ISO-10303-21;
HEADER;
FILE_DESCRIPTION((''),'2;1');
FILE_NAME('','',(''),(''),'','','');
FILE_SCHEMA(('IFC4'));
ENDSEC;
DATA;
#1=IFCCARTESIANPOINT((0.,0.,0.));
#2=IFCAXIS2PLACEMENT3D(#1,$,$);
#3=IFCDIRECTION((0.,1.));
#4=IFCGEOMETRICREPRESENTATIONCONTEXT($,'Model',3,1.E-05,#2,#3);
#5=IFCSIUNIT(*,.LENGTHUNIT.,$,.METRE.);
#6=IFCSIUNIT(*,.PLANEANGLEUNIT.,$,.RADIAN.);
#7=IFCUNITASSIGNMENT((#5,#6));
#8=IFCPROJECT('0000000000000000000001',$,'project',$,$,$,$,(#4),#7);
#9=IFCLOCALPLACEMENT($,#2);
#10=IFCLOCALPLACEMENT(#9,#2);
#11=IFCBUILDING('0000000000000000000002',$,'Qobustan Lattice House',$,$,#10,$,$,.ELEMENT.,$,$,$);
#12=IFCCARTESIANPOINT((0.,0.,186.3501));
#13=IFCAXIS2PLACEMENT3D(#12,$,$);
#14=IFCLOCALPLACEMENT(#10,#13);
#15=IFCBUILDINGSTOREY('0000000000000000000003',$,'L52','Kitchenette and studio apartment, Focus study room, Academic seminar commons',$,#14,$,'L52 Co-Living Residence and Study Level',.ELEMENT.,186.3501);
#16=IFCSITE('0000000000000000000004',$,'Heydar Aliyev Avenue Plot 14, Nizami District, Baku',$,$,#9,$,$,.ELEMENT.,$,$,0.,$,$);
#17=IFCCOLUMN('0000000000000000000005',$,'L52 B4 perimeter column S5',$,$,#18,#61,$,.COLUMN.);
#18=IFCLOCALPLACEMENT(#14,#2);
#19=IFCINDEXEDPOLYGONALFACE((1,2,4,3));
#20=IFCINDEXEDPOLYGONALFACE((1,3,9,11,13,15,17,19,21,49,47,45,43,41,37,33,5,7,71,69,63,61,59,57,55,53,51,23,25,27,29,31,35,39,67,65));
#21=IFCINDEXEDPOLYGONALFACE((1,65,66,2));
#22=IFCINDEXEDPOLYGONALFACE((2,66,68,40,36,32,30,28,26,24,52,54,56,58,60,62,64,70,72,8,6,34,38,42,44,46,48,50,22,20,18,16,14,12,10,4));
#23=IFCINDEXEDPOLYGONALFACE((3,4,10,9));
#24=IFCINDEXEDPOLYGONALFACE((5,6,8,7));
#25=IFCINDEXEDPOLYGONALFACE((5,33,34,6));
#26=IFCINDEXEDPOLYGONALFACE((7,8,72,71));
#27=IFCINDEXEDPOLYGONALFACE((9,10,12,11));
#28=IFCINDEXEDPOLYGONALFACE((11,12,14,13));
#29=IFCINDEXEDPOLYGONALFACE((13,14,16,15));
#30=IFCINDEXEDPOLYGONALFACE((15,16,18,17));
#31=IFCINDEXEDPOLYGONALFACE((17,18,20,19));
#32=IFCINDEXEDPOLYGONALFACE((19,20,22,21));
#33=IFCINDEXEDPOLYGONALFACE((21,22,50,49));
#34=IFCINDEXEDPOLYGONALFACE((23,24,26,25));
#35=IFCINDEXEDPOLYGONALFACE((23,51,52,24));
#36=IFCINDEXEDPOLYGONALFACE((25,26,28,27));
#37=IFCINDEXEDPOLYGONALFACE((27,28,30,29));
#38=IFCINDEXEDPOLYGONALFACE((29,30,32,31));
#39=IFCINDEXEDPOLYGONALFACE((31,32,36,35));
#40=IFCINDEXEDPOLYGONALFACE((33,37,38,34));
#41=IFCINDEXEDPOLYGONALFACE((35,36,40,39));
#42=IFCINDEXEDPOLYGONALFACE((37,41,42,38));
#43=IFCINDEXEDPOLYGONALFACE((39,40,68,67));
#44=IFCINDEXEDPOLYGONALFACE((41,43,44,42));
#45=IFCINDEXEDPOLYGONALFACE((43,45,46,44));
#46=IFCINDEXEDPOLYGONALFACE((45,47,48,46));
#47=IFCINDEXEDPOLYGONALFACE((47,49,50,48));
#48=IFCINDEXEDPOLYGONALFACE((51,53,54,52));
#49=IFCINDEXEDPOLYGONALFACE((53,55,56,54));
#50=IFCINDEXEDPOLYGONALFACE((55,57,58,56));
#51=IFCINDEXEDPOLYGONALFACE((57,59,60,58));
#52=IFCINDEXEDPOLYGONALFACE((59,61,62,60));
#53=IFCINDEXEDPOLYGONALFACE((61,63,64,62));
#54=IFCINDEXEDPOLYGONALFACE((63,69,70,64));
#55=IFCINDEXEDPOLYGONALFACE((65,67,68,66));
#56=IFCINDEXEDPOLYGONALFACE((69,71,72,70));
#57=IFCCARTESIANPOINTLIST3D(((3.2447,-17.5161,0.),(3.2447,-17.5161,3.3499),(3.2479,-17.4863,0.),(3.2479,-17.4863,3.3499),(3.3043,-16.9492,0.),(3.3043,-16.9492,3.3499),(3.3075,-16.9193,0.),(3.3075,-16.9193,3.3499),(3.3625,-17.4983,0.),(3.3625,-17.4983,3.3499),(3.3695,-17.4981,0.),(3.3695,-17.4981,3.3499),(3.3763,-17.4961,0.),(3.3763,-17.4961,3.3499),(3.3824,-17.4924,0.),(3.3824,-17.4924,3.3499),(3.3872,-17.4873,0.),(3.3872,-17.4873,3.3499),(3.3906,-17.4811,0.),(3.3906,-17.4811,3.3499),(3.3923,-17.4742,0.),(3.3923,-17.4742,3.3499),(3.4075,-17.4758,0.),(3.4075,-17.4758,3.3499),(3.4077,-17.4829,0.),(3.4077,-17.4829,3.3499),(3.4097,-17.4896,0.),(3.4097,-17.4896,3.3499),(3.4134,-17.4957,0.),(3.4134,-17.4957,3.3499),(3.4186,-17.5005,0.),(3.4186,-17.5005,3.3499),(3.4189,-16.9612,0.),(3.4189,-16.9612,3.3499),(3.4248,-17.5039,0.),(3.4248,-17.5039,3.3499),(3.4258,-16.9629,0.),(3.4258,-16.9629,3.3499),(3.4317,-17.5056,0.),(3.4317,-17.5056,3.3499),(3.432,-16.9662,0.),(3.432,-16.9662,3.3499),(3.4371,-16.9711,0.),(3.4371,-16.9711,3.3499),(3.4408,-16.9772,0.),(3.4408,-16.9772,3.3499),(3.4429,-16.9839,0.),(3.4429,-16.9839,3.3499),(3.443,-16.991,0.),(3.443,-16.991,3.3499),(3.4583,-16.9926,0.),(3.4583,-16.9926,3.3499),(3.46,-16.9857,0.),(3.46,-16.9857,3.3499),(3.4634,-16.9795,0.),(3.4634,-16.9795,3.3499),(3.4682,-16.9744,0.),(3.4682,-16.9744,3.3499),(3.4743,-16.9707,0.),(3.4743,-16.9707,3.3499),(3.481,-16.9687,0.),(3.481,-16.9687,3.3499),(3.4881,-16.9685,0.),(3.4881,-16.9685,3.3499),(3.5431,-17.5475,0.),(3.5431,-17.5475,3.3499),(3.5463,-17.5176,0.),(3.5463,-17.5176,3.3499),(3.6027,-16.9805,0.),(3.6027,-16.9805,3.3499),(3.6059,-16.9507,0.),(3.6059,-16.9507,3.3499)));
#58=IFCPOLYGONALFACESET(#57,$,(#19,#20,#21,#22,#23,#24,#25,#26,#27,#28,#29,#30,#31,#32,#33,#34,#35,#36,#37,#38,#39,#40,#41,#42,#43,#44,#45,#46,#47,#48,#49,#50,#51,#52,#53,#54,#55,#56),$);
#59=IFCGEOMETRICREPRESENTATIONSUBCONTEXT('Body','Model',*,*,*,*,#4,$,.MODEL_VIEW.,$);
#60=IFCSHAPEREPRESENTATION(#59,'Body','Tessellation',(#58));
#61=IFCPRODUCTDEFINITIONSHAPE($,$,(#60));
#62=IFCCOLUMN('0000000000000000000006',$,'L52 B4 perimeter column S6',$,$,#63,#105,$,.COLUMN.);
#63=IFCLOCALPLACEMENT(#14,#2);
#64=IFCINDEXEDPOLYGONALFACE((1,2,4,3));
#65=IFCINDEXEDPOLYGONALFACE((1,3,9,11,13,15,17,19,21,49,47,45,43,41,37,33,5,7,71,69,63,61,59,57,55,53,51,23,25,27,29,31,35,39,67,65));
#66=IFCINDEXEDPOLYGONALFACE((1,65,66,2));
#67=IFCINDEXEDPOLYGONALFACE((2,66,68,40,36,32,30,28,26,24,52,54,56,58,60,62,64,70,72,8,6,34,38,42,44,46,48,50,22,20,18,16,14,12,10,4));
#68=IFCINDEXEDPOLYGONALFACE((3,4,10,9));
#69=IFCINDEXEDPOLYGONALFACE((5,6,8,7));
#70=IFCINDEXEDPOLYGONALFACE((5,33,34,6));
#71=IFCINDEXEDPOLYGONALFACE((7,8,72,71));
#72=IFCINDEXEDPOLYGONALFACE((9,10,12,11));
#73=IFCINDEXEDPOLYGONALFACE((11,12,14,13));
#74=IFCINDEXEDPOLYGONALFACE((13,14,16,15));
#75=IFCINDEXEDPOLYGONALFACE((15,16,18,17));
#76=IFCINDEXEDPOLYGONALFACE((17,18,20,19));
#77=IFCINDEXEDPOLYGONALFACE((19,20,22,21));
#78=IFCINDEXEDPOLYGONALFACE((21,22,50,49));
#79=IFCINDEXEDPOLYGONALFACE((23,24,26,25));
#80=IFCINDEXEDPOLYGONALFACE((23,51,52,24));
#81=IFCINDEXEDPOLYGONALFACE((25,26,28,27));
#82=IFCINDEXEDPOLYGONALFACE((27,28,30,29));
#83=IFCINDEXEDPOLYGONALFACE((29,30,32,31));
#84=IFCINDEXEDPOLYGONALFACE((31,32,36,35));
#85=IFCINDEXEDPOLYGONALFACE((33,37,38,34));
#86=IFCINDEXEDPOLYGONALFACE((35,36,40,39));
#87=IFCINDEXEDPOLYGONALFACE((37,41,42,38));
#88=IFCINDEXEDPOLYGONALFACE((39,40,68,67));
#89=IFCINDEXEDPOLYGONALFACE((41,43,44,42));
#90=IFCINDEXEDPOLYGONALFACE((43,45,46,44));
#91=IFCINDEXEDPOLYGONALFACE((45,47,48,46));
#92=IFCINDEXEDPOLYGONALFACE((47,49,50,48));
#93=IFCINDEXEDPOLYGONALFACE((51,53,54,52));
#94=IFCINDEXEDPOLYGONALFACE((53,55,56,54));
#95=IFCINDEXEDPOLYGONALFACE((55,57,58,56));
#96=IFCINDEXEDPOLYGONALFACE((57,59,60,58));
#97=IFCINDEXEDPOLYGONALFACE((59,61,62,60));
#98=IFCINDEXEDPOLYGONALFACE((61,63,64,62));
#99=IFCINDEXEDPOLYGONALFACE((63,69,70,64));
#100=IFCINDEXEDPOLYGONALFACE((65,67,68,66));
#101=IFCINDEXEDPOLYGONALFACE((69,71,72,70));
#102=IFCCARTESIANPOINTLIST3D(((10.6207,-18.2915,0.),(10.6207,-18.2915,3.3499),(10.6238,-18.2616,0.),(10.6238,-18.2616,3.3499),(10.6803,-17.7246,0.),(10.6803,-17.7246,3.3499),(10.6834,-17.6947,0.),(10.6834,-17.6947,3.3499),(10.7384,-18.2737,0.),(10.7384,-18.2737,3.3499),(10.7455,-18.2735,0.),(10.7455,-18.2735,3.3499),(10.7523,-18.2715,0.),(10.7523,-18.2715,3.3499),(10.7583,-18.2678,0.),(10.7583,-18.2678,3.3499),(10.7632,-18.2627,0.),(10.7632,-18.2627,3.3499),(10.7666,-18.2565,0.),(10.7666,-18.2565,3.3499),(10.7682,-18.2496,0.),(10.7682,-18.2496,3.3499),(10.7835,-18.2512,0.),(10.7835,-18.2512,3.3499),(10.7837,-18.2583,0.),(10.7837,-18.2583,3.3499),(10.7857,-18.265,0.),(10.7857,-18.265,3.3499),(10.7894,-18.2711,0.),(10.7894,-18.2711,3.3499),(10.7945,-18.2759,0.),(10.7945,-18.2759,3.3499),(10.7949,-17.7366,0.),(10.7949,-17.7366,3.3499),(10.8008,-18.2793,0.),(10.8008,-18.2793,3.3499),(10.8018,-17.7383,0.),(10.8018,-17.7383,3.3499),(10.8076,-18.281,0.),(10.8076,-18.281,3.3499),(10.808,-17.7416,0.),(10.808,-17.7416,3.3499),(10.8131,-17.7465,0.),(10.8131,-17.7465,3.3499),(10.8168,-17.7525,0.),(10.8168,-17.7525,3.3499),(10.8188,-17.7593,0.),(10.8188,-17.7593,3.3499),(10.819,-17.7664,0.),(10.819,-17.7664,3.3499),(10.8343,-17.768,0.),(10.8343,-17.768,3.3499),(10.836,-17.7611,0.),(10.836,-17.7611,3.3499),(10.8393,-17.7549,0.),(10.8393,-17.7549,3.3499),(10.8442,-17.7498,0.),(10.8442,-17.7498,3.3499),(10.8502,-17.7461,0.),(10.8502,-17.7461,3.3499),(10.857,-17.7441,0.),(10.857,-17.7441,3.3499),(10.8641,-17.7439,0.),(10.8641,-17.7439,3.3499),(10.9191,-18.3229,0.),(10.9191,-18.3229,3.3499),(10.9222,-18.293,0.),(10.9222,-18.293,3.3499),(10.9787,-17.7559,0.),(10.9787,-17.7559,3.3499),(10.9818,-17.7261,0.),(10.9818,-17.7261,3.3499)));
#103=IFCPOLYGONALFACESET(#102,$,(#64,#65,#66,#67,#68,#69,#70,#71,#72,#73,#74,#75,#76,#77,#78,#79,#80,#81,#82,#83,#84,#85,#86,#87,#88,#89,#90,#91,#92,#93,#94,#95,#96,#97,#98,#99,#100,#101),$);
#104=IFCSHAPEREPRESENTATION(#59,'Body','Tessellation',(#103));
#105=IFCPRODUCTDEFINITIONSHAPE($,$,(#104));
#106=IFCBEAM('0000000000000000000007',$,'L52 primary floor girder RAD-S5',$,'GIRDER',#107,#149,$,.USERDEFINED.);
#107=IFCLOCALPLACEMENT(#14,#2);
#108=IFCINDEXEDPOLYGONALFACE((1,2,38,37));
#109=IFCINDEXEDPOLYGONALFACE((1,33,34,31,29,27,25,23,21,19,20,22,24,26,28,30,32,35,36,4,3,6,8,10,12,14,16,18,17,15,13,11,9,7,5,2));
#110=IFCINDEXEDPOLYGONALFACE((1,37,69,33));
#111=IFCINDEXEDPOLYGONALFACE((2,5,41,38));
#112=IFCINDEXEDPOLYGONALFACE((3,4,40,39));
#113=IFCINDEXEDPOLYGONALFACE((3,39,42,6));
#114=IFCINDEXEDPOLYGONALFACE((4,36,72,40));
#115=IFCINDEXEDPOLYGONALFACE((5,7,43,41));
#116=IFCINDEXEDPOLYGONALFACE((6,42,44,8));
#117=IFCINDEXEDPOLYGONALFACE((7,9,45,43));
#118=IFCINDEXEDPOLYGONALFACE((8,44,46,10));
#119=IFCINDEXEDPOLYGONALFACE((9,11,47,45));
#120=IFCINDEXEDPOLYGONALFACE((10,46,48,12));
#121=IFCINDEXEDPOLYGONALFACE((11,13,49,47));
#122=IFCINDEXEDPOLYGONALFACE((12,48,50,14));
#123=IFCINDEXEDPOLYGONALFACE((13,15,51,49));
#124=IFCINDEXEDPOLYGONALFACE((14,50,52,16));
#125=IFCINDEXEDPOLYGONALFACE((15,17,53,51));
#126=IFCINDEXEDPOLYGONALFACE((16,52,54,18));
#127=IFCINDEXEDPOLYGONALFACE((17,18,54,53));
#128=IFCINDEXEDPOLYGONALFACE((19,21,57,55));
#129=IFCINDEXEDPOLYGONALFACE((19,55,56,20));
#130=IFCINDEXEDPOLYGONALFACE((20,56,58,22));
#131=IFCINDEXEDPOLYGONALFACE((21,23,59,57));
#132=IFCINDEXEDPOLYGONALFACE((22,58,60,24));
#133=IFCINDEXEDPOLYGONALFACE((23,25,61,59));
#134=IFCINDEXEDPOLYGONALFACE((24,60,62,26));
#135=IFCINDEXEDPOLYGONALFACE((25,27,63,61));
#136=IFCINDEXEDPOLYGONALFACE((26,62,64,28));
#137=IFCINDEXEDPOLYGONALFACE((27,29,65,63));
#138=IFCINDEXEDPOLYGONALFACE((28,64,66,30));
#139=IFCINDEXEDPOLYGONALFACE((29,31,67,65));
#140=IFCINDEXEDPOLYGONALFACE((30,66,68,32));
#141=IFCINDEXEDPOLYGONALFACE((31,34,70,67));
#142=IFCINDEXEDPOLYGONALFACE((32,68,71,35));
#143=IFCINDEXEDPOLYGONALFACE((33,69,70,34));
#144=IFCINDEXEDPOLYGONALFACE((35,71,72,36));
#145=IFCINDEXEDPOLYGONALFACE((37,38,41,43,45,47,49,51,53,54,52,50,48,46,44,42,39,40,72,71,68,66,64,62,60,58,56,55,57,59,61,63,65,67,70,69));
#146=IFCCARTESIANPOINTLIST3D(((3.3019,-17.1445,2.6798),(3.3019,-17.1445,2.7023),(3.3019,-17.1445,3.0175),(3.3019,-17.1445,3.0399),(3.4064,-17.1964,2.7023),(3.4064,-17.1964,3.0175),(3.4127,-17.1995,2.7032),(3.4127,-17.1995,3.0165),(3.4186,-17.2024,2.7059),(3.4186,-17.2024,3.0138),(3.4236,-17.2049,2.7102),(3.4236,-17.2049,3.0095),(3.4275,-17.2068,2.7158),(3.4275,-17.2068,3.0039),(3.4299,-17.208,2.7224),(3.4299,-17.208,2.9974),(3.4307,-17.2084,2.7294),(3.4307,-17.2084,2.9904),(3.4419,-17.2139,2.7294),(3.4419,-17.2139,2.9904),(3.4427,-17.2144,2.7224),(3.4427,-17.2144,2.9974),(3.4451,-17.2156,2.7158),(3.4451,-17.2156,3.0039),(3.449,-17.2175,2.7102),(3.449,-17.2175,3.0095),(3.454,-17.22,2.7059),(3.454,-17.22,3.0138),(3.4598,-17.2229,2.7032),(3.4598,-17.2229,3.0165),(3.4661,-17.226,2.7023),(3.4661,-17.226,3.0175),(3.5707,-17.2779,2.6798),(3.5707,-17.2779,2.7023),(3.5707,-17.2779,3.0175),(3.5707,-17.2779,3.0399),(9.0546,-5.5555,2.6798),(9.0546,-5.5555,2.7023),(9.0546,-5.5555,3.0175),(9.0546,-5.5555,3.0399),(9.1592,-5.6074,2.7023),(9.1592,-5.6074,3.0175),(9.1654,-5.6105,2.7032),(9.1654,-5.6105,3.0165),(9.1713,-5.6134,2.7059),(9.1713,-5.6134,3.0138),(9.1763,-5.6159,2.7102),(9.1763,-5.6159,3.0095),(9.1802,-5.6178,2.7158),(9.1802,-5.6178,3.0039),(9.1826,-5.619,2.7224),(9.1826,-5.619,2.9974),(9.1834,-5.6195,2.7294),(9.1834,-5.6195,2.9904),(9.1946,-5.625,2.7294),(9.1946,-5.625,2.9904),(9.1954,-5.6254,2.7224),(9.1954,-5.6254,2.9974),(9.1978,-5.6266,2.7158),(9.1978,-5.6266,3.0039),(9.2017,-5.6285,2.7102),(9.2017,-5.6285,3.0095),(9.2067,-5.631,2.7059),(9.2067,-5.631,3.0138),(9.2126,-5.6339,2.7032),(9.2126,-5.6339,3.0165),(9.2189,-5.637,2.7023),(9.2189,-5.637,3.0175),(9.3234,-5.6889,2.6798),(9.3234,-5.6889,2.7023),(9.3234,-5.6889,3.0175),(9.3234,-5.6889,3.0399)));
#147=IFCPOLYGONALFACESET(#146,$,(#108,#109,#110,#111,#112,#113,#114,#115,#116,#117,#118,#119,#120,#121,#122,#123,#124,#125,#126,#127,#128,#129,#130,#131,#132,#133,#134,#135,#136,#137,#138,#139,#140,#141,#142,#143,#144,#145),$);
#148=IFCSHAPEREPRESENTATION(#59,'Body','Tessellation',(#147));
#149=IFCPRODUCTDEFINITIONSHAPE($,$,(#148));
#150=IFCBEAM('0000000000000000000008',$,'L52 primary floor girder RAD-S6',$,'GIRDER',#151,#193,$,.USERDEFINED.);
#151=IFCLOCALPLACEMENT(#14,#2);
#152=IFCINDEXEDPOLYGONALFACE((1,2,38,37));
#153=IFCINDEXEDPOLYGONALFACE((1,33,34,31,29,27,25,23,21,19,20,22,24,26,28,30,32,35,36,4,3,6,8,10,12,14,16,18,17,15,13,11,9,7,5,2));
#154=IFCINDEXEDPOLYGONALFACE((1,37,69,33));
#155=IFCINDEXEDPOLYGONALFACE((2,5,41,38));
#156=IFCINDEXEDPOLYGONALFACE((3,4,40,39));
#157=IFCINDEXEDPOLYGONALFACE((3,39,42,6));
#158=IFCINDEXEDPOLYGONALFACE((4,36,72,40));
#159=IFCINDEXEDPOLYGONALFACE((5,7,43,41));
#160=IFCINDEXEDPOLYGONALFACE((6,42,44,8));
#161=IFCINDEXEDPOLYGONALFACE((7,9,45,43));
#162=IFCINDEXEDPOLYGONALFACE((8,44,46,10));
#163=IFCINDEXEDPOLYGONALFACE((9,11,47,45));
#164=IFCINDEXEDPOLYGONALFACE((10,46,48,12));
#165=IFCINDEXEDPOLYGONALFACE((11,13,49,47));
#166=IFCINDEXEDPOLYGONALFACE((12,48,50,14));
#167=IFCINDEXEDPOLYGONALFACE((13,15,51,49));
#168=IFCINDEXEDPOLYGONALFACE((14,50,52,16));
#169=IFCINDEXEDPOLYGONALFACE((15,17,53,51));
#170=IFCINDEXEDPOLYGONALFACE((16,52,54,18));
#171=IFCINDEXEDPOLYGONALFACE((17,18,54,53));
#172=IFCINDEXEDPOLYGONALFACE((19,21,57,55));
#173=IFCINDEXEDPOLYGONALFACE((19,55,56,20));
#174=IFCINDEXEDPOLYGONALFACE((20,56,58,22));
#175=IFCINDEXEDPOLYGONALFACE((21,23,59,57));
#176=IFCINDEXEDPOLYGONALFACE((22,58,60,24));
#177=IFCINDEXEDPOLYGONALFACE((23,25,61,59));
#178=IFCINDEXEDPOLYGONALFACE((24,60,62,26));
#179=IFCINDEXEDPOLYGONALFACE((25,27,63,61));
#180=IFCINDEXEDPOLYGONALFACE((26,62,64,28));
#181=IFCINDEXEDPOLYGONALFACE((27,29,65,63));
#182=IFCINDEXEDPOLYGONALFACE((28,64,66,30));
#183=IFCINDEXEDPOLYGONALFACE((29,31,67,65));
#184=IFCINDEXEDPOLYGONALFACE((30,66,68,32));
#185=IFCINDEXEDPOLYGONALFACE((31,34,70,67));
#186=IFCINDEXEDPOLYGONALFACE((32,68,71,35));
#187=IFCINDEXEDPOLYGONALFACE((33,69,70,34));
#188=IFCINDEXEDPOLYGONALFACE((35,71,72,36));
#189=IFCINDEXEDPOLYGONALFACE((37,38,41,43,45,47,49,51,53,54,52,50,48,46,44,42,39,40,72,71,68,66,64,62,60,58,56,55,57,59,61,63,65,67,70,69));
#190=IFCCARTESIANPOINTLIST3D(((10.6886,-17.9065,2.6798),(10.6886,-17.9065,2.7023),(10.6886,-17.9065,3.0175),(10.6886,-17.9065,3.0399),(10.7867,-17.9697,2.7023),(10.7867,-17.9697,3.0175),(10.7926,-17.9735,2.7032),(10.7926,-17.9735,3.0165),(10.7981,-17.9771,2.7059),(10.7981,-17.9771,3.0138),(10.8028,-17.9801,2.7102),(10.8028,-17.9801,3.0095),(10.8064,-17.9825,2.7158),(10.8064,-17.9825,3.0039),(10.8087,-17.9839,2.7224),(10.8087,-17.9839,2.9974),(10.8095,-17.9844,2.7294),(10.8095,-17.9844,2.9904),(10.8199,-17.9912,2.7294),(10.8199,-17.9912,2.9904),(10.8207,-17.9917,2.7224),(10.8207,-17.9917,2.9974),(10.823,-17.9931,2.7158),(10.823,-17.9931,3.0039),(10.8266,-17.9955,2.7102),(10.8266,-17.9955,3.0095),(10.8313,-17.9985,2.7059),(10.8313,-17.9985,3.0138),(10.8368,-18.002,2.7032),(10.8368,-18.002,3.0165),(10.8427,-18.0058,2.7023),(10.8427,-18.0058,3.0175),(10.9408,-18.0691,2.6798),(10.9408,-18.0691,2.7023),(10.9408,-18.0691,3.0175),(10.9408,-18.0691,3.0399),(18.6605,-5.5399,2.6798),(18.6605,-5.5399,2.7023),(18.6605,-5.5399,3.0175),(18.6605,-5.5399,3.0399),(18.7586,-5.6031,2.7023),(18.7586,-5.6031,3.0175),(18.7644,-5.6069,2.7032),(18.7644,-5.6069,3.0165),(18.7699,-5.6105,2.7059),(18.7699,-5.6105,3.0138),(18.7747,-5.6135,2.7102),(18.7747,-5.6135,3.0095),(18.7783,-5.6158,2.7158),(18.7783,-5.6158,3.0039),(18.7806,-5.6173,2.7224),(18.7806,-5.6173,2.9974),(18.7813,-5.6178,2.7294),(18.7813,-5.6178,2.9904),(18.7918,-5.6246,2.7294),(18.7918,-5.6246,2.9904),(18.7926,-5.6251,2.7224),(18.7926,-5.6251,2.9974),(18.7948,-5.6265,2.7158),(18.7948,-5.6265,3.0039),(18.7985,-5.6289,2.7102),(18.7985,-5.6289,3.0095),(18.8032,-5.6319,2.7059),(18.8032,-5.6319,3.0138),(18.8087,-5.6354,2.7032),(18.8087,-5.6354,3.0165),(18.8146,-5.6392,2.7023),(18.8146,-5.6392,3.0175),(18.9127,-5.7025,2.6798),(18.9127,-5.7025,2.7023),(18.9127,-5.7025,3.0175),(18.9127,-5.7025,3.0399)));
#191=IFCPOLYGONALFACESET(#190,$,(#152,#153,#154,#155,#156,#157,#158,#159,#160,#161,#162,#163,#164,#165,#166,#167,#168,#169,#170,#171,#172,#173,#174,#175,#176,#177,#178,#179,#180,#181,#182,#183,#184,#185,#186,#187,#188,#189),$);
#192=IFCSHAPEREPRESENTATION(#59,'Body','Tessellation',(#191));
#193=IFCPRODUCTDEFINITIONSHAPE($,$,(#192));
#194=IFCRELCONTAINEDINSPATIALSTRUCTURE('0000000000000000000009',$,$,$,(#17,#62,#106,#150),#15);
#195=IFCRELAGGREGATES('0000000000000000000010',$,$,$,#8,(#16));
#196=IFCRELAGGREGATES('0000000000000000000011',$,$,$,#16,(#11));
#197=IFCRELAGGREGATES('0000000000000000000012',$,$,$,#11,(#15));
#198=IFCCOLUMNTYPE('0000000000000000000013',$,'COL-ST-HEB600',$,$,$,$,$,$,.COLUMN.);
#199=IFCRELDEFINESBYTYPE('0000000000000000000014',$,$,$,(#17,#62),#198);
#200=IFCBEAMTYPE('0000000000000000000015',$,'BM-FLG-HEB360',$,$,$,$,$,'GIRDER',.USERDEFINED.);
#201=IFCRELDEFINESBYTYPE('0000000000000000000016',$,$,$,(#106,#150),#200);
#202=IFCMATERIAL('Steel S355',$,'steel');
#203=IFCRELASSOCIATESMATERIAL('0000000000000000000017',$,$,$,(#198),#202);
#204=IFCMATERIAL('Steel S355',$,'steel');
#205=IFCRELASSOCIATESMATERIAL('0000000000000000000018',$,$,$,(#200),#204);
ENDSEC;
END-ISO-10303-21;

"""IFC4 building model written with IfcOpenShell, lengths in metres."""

from ifc_helpers import new_model, si_unit, direction, frame, origin, origin_2d, place, context, subcontext, project, spatial, i_section, extrude, material, material_profile, profile_set, type_object, element, save


model = new_model("IFC4")

# Units and contexts
model_context = context("Model", 3, precision=1e-05, world=origin(), true_north=direction((0.0, 1.0)))
body_context = subcontext(model_context, "Body", "Model", "MODEL_VIEW")
ifc_project = project(units=[si_unit("LENGTHUNIT", "METRE"), si_unit("PLANEANGLEUNIT", "RADIAN")], contexts=[model_context])

# Site, building, storey
site_placement = place(None, origin())
site = spatial("IfcSite", under=ifc_project, at=site_placement, Name="Heydar Aliyev Avenue Plot 14, Nizami District, Baku", CompositionType="ELEMENT", RefElevation=0.0)
building_placement = place(site_placement, origin())
building = spatial("IfcBuilding", under=site, at=building_placement, Name="Qobustan Lattice House", CompositionType="ELEMENT")
storey_placement = place(building_placement, frame((0.0, 0.0, 186.3501)))
storey = spatial("IfcBuildingStorey", under=building, at=storey_placement, Name="L52", Description="Kitchenette and studio apartment, Focus study room, Academic seminar commons", LongName="L52 Co-Living Residence and Study Level", CompositionType="ELEMENT", Elevation=186.3501)

# Columns
ifc_material_1 = material(Name="Steel S355", Category="steel")
ifc_material_profile_1 = material_profile(ifc_material_1, i_section(OverallWidth=0.3, OverallDepth=0.6001, WebThickness=0.0154, FlangeThickness=0.03, FilletRadius=0.0271, at=origin_2d()), Name="HEB600")
ifc_profile_set_1 = profile_set([ifc_material_profile_1], Name="Steel S355")
column_type = type_object("IfcColumnType", Name="COL-ST-HEB600", PredefinedType="COLUMN", material=ifc_profile_set_1)
for number, where, z_axis, x_axis, name in (
    (1, (3.4253, -17.2334, 0.0), (0.0, 0.0, 1.0), (0.994522, -0.104528, 0.0), "L52 B4 perimeter column S5"),
    (2, (10.8013, -18.0088, 0.0), (0.0, 0.0, 1.0), (0.994522, -0.104528, 0.0), "L52 B4 perimeter column S6"),
):
    element("IfcColumn", number, at=place(storey_placement, frame(where, z_axis=z_axis, x_axis=x_axis)), inside=storey, type_object=column_type, Name=name, PredefinedType="COLUMN", context=body_context, shape_type="SweptSolid", body=[
        extrude(i_section(OverallWidth=0.3, OverallDepth=0.6001, WebThickness=0.0154, FlangeThickness=0.03, FilletRadius=0.0271, at=origin_2d()), origin(), (0.0, 0.0, 1.0), 3.3499),
    ])

# Beams
ifc_material_2 = material(Name="Steel S355", Category="steel")
ifc_material_profile_2 = material_profile(ifc_material_2, i_section(OverallWidth=0.3, OverallDepth=0.3601, WebThickness=0.0125, FlangeThickness=0.0225, FilletRadius=0.0271, at=origin_2d()), Name="HEB360")
ifc_profile_set_2 = profile_set([ifc_material_profile_2], Name="Steel S355")
beam_type_1 = type_object("IfcBeamType", Name="BM-FLG-HEB360", ElementType="GIRDER", PredefinedType="USERDEFINED", material=ifc_profile_set_2)
beam_1_placement = place(storey_placement, frame((3.4363, -17.2112, 2.8599), z_axis=(0.44463, 0.895714, 0.0), x_axis=(-0.895714, 0.44463, 0.0)))
element("IfcBeam", 3, at=beam_1_placement, inside=storey, type_object=beam_type_1, Name="L52 primary floor girder RAD-S5", ObjectType="GIRDER", PredefinedType="USERDEFINED", context=body_context, shape_type="SweptSolid", body=[
    extrude(i_section(OverallWidth=0.3, OverallDepth=0.3601, WebThickness=0.0125, FlangeThickness=0.0225, FilletRadius=0.0271, at=origin_2d()), origin(), (0.0, 0.0, 1.0), 12.9382),
])
beam_2_placement = place(storey_placement, frame((10.8147, -17.9878, 2.8599), z_axis=(0.54181, 0.840501, 0.0), x_axis=(-0.840501, 0.54181, 0.0)))
element("IfcBeam", 4, at=beam_2_placement, inside=storey, type_object=beam_type_1, Name="L52 primary floor girder RAD-S6", ObjectType="GIRDER", PredefinedType="USERDEFINED", context=body_context, shape_type="SweptSolid", body=[
    extrude(i_section(OverallWidth=0.3, OverallDepth=0.3601, WebThickness=0.0125, FlangeThickness=0.0225, FilletRadius=0.0271, at=origin_2d()), origin(), (0.0, 0.0, 1.0), 14.7134),
])

save(model, "model.ifc")
